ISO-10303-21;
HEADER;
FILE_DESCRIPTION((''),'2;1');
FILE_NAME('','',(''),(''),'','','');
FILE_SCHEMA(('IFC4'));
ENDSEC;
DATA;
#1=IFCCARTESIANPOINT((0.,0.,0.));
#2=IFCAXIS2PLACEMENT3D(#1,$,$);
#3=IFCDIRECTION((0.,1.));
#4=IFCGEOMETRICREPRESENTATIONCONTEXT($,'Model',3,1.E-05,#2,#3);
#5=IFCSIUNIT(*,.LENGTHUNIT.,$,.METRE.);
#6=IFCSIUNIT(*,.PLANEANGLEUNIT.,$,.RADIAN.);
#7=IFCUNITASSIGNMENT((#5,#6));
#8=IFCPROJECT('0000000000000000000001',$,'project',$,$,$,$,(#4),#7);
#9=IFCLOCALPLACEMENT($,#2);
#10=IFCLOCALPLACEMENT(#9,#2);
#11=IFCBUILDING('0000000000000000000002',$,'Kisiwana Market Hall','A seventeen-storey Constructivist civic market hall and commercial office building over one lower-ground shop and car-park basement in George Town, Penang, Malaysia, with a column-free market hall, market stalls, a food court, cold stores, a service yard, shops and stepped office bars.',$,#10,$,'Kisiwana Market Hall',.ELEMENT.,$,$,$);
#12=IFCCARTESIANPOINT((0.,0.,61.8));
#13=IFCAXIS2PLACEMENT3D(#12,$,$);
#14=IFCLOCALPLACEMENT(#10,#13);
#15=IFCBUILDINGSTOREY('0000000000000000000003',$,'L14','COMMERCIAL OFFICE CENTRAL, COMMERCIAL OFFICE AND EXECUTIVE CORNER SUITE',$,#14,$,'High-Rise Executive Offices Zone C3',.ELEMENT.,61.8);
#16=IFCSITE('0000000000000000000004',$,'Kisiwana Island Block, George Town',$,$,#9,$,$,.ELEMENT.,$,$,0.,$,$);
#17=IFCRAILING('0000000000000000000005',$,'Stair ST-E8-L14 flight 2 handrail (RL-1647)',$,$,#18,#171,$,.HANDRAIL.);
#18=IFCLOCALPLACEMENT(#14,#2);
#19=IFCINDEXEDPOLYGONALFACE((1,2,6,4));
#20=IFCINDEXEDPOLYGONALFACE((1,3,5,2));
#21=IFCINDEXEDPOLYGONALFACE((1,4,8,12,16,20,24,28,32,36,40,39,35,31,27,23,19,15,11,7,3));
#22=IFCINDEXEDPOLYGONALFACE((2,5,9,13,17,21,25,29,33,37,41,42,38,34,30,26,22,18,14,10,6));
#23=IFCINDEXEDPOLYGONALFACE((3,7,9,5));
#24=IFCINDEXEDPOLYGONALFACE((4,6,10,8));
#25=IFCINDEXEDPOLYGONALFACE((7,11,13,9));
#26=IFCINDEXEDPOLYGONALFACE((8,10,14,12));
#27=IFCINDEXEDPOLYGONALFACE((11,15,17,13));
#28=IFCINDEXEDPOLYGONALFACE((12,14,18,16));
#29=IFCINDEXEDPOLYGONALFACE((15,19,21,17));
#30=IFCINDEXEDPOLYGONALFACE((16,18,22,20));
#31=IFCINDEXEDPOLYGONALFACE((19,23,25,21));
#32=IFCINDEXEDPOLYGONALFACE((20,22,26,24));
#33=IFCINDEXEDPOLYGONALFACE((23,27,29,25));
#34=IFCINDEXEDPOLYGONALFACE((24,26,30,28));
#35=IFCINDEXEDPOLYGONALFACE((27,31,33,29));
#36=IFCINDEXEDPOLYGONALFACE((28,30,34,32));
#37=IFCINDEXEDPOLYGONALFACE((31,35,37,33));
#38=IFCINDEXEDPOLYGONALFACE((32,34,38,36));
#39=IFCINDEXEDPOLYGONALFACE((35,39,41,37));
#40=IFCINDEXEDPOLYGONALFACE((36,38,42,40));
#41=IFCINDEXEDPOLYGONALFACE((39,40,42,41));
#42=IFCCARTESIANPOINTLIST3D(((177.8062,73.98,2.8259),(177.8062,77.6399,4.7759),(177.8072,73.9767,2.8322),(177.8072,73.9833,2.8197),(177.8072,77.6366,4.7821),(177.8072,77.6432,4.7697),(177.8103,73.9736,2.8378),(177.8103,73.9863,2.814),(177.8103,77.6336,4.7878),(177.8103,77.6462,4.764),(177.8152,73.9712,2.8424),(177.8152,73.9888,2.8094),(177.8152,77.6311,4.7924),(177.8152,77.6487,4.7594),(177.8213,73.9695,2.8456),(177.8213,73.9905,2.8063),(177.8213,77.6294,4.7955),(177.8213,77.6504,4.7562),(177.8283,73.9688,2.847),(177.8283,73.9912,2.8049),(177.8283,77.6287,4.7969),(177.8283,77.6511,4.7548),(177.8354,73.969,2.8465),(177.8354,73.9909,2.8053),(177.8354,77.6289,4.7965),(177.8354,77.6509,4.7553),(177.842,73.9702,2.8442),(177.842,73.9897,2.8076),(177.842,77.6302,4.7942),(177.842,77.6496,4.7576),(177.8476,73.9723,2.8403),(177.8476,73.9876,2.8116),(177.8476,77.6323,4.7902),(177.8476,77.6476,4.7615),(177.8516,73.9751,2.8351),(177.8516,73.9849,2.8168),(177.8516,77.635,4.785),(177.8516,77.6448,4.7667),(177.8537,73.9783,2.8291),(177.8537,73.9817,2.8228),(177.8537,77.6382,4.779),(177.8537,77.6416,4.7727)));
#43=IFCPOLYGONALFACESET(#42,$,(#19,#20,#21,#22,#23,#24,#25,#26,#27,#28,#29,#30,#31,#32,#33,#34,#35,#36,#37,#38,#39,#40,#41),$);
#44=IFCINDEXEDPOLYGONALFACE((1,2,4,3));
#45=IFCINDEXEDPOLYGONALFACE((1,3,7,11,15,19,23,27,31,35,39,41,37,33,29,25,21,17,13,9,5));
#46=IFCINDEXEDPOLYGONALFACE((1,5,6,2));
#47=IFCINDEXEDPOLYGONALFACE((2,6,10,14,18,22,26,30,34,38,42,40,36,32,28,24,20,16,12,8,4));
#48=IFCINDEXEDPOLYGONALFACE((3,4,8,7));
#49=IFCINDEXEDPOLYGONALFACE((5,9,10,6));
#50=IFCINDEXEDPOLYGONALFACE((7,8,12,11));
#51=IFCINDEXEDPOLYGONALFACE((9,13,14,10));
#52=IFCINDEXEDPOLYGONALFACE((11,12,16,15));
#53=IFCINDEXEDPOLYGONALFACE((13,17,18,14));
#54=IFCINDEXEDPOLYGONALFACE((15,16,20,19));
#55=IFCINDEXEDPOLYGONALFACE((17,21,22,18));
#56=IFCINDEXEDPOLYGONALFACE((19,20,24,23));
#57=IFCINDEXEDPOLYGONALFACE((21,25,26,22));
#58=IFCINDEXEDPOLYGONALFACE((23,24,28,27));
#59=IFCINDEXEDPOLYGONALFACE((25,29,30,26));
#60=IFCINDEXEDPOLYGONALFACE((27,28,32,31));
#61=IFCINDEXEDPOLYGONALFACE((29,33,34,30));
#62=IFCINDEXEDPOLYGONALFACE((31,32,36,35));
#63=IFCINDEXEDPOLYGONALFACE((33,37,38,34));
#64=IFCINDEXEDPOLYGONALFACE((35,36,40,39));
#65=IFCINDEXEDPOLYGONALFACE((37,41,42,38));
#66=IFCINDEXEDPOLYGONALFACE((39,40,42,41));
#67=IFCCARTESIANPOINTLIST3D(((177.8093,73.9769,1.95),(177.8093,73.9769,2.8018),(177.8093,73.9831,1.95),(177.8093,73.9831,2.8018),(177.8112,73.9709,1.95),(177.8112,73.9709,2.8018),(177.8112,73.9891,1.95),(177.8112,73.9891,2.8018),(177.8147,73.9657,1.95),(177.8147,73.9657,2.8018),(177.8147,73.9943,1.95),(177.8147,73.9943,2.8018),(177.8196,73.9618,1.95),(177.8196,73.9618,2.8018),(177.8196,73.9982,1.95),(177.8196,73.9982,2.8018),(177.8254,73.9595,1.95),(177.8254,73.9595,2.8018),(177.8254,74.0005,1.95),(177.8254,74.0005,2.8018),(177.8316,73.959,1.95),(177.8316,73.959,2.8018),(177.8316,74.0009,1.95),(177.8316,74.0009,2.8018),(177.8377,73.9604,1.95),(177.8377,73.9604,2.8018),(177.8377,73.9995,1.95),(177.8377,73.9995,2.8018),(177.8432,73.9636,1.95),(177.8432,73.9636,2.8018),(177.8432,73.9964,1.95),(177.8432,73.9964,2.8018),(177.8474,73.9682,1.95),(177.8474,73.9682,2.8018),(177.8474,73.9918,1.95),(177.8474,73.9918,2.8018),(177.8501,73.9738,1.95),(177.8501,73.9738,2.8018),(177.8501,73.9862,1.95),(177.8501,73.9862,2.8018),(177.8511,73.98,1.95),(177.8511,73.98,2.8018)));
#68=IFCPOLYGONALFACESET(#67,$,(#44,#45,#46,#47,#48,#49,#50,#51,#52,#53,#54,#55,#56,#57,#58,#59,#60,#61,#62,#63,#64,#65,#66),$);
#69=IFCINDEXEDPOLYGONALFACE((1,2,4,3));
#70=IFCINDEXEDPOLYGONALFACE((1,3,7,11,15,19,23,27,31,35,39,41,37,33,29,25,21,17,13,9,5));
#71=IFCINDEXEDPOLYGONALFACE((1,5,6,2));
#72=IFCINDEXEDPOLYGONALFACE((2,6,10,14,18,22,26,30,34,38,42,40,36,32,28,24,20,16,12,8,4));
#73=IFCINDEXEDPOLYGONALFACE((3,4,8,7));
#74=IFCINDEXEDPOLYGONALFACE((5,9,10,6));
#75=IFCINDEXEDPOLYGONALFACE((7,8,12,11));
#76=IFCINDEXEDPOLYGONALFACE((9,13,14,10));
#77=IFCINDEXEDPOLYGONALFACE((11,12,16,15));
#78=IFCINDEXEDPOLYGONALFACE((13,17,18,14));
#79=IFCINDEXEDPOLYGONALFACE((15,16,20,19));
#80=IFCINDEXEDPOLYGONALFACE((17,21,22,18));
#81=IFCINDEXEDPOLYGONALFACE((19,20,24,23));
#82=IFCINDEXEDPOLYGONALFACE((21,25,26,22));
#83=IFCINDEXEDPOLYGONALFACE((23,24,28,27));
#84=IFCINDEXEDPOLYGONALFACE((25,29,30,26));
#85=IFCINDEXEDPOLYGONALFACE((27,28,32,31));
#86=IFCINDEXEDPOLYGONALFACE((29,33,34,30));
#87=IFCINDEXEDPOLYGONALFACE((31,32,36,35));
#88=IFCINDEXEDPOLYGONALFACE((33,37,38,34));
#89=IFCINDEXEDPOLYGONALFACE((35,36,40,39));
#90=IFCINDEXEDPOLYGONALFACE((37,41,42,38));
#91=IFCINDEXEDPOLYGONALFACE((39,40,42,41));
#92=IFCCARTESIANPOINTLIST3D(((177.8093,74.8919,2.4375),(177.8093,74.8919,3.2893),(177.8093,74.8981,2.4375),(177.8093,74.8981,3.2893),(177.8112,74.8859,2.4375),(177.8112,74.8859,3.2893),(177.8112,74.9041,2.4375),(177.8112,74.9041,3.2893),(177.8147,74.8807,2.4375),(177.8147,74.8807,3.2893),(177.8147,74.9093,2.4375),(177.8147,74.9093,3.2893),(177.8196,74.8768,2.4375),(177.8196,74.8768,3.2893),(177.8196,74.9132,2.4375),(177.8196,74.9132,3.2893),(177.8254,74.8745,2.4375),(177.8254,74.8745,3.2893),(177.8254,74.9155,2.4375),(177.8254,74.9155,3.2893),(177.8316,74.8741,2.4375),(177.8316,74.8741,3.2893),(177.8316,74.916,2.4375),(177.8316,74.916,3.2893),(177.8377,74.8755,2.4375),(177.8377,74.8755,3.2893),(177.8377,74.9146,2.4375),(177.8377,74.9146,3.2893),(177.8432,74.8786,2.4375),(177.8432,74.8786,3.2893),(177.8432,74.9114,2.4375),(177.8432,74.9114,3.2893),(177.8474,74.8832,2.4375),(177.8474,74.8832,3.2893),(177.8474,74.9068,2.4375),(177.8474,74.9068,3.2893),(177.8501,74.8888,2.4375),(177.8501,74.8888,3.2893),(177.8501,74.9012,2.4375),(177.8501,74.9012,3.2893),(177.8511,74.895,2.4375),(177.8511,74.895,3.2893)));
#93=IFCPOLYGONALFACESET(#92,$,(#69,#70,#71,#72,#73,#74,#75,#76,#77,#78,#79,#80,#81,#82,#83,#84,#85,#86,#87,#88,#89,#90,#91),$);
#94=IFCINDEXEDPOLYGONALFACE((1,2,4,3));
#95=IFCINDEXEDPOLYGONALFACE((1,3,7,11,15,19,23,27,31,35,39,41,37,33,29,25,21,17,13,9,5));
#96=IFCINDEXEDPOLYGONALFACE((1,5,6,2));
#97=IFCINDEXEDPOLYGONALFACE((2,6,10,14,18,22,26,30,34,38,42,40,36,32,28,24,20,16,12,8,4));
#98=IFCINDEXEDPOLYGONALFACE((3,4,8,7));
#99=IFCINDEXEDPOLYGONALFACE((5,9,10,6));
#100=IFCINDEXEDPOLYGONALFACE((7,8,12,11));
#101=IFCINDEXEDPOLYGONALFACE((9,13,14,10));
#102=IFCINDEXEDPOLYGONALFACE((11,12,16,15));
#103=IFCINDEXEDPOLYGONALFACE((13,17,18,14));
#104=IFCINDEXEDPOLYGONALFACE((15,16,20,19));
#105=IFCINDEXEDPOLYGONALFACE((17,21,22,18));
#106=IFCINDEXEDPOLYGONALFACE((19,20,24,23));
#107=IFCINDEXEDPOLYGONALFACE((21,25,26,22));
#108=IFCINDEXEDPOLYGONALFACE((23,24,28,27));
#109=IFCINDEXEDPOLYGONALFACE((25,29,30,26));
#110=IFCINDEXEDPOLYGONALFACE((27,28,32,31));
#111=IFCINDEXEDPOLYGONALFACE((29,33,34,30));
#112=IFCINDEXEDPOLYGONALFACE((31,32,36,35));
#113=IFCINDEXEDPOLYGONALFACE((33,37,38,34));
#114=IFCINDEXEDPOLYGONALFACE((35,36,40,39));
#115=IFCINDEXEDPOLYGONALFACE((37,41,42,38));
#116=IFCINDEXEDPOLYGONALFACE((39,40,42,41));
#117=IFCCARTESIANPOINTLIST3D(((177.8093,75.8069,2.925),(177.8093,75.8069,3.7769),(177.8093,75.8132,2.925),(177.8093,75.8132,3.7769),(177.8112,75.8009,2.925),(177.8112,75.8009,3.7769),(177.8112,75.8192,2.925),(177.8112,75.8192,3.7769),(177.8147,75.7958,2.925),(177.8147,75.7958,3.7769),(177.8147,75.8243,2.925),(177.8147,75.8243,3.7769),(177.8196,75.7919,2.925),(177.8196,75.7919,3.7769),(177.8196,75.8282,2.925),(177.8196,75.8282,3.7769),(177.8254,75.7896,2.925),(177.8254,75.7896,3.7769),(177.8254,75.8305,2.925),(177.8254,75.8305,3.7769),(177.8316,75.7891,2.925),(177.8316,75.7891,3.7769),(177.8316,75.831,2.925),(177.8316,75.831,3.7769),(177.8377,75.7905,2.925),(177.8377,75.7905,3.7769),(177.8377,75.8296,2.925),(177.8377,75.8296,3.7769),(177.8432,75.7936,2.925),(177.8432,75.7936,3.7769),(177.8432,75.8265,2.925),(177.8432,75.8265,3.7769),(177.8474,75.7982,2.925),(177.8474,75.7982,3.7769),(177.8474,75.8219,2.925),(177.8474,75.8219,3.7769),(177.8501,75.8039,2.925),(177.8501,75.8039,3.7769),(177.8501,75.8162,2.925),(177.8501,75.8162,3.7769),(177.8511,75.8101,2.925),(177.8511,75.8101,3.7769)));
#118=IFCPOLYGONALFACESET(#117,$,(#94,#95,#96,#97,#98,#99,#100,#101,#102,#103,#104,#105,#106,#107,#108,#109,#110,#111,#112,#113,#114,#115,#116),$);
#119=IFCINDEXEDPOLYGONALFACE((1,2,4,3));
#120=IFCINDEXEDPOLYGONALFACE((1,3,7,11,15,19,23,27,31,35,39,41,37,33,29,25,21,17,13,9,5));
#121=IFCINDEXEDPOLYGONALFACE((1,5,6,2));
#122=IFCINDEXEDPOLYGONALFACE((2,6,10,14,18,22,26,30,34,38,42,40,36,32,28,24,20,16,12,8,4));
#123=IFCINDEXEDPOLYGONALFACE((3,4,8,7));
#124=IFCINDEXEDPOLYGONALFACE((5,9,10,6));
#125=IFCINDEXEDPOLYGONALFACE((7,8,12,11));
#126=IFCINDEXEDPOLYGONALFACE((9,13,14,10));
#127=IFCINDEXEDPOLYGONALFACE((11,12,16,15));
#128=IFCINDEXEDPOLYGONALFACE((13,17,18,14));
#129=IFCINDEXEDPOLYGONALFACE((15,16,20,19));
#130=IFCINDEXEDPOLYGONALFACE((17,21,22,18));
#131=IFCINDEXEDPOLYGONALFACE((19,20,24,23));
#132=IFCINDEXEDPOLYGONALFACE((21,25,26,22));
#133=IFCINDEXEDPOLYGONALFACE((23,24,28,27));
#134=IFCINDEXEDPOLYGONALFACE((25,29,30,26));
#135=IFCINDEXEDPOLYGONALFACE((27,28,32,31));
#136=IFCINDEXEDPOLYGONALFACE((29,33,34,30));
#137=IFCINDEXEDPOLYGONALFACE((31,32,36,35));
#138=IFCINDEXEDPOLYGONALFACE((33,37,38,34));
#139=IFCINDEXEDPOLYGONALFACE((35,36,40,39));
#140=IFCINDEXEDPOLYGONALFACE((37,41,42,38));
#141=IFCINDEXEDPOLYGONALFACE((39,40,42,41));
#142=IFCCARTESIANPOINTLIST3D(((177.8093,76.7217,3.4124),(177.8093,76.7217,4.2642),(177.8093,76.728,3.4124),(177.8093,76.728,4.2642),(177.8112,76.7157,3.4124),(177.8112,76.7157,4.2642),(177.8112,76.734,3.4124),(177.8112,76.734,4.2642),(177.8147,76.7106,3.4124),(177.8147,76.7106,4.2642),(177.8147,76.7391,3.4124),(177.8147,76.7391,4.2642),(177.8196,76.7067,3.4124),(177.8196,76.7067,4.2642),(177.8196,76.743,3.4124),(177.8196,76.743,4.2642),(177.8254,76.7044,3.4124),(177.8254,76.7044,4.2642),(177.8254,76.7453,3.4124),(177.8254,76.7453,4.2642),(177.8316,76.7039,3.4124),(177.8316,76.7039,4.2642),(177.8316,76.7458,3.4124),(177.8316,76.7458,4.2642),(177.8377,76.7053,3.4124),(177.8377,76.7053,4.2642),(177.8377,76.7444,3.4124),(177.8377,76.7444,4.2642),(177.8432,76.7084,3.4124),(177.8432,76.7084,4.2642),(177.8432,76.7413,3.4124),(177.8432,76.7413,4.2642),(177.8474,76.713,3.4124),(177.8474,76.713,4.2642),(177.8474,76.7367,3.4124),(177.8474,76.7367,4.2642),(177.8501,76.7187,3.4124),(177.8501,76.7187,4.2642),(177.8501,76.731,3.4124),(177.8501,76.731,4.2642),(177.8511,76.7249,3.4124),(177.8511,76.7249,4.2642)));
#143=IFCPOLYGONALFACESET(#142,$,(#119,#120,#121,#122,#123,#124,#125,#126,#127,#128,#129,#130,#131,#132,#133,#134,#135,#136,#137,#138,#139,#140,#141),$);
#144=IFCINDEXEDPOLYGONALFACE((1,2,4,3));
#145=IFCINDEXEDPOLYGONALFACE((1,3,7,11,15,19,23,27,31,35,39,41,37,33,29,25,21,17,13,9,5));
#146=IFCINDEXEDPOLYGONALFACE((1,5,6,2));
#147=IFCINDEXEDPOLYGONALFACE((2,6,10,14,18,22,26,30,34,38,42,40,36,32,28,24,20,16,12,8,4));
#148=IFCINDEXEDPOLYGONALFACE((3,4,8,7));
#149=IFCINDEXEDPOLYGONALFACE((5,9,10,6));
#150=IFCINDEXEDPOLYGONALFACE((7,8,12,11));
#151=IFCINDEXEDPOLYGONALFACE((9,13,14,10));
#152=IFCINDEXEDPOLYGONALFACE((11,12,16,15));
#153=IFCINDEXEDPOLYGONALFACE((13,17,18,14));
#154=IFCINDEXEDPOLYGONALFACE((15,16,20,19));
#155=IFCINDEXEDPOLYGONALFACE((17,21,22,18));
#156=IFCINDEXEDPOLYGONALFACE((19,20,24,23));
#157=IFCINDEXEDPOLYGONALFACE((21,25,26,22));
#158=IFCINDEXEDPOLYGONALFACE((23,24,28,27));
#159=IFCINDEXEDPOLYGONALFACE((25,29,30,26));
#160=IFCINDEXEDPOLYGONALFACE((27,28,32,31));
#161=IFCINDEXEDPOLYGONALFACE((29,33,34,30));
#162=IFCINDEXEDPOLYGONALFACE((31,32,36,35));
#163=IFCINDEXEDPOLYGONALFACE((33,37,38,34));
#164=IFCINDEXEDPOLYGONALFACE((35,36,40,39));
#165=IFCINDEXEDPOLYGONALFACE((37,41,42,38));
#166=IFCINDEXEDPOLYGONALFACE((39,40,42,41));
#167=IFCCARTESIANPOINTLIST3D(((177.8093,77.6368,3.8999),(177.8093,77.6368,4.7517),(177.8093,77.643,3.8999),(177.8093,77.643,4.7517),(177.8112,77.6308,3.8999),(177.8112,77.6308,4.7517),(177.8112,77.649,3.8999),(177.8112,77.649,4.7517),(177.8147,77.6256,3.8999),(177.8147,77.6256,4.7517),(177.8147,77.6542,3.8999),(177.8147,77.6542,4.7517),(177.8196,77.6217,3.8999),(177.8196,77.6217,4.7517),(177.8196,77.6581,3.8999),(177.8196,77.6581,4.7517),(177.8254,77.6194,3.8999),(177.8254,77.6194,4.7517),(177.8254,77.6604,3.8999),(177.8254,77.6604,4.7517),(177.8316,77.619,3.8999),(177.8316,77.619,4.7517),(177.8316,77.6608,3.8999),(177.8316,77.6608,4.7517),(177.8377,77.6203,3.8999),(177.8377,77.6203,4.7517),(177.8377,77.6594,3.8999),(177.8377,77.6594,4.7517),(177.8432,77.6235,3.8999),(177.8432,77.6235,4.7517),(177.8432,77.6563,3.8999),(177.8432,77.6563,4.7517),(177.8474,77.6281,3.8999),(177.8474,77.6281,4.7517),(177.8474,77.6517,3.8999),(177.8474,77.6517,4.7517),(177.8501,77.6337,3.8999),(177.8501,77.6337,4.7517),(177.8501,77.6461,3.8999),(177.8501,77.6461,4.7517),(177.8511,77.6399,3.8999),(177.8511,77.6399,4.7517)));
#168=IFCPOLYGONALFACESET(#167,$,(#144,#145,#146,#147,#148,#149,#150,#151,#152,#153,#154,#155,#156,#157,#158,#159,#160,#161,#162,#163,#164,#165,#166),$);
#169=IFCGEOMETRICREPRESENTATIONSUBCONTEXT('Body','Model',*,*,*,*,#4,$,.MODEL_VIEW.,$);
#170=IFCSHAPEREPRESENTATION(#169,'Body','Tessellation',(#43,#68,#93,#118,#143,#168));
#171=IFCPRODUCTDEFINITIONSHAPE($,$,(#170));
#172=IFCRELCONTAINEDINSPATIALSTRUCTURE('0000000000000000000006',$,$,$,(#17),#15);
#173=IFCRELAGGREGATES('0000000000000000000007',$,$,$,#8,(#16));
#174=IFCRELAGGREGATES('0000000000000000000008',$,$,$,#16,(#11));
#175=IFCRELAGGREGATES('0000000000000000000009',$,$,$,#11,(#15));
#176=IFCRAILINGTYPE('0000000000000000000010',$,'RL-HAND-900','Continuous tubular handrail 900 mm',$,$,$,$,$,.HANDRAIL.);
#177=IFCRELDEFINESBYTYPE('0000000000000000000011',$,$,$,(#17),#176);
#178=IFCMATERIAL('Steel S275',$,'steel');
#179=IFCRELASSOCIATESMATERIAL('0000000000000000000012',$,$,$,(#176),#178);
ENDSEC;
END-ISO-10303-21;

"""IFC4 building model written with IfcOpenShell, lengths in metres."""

from ifc_helpers import new_model, si_unit, direction, frame, origin, origin_2d, place, context, subcontext, project, spatial, circle, extrude, material, type_object, element, save


model = new_model("IFC4")

# Units and contexts
model_context = context("Model", 3, precision=1e-05, world=origin(), true_north=direction((0.0, 1.0)))
body_context = subcontext(model_context, "Body", "Model", "MODEL_VIEW")
ifc_project = project(units=[si_unit("LENGTHUNIT", "METRE"), si_unit("PLANEANGLEUNIT", "RADIAN")], contexts=[model_context])

# Site, building, storey
site_placement = place(None, origin())
site = spatial("IfcSite", under=ifc_project, at=site_placement, Name="Kisiwana Island Block, George Town", CompositionType="ELEMENT", RefElevation=0.0)
building_placement = place(site_placement, origin())
building = spatial("IfcBuilding", under=site, at=building_placement, Name="Kisiwana Market Hall", Description="A seventeen-storey Constructivist civic market hall and commercial office building over one lower-ground shop and car-park basement in George Town, Penang, Malaysia, with a column-free market hall, market stalls, a food court, cold stores, a service yard, shops and stepped office bars.", LongName="Kisiwana Market Hall", CompositionType="ELEMENT")
storey_placement = place(building_placement, frame((0.0, 0.0, 61.8)))
storey = spatial("IfcBuildingStorey", under=building, at=storey_placement, Name="L14", Description="COMMERCIAL OFFICE CENTRAL, COMMERCIAL OFFICE AND EXECUTIVE CORNER SUITE", LongName="High-Rise Executive Offices Zone C3", CompositionType="ELEMENT", Elevation=61.8)

# Railing
ifc_material_1 = material(Name="Steel S275", Category="steel")
railing_type_1 = type_object("IfcRailingType", Name="RL-HAND-900", Description="Continuous tubular handrail 900 mm", PredefinedType="HANDRAIL", material=ifc_material_1)
railing_1_placement = place(storey_placement, frame((177.8301, 73.98, 1.95)))
element("IfcRailing", 1, at=railing_1_placement, inside=storey, type_object=railing_type_1, Name="Stair ST-E8-L14 flight 2 handrail (RL-1647)", PredefinedType="HANDRAIL", context=body_context, shape_type="SweptSolid", body=[
    extrude(circle(Radius=0.0239, at=origin_2d()), frame((0.0, 0.0, 0.876), z_axis=(0.0, 0.882553, 0.470212), x_axis=(-1.0, 0.0, 0.0)), (0.0, 0.0, 1.0), 4.147),
    extrude(circle(Radius=0.021, at=origin_2d()), origin(), (0.0, 0.0, 1.0), 0.8518),
    extrude(circle(Radius=0.021, at=origin_2d()), frame((0.0, 0.915, 0.4875)), (0.0, 0.0, 1.0), 0.8518),
    extrude(circle(Radius=0.021, at=origin_2d()), frame((0.0, 1.8301, 0.9751)), (0.0, 0.0, 1.0), 0.8518),
    extrude(circle(Radius=0.021, at=origin_2d()), frame((0.0, 2.7449, 1.4624)), (0.0, 0.0, 1.0), 0.8518),
    extrude(circle(Radius=0.021, at=origin_2d()), frame((0.0, 3.6599, 1.95)), (0.0, 0.0, 1.0), 0.8518),
])

save(model, "model.ifc")
